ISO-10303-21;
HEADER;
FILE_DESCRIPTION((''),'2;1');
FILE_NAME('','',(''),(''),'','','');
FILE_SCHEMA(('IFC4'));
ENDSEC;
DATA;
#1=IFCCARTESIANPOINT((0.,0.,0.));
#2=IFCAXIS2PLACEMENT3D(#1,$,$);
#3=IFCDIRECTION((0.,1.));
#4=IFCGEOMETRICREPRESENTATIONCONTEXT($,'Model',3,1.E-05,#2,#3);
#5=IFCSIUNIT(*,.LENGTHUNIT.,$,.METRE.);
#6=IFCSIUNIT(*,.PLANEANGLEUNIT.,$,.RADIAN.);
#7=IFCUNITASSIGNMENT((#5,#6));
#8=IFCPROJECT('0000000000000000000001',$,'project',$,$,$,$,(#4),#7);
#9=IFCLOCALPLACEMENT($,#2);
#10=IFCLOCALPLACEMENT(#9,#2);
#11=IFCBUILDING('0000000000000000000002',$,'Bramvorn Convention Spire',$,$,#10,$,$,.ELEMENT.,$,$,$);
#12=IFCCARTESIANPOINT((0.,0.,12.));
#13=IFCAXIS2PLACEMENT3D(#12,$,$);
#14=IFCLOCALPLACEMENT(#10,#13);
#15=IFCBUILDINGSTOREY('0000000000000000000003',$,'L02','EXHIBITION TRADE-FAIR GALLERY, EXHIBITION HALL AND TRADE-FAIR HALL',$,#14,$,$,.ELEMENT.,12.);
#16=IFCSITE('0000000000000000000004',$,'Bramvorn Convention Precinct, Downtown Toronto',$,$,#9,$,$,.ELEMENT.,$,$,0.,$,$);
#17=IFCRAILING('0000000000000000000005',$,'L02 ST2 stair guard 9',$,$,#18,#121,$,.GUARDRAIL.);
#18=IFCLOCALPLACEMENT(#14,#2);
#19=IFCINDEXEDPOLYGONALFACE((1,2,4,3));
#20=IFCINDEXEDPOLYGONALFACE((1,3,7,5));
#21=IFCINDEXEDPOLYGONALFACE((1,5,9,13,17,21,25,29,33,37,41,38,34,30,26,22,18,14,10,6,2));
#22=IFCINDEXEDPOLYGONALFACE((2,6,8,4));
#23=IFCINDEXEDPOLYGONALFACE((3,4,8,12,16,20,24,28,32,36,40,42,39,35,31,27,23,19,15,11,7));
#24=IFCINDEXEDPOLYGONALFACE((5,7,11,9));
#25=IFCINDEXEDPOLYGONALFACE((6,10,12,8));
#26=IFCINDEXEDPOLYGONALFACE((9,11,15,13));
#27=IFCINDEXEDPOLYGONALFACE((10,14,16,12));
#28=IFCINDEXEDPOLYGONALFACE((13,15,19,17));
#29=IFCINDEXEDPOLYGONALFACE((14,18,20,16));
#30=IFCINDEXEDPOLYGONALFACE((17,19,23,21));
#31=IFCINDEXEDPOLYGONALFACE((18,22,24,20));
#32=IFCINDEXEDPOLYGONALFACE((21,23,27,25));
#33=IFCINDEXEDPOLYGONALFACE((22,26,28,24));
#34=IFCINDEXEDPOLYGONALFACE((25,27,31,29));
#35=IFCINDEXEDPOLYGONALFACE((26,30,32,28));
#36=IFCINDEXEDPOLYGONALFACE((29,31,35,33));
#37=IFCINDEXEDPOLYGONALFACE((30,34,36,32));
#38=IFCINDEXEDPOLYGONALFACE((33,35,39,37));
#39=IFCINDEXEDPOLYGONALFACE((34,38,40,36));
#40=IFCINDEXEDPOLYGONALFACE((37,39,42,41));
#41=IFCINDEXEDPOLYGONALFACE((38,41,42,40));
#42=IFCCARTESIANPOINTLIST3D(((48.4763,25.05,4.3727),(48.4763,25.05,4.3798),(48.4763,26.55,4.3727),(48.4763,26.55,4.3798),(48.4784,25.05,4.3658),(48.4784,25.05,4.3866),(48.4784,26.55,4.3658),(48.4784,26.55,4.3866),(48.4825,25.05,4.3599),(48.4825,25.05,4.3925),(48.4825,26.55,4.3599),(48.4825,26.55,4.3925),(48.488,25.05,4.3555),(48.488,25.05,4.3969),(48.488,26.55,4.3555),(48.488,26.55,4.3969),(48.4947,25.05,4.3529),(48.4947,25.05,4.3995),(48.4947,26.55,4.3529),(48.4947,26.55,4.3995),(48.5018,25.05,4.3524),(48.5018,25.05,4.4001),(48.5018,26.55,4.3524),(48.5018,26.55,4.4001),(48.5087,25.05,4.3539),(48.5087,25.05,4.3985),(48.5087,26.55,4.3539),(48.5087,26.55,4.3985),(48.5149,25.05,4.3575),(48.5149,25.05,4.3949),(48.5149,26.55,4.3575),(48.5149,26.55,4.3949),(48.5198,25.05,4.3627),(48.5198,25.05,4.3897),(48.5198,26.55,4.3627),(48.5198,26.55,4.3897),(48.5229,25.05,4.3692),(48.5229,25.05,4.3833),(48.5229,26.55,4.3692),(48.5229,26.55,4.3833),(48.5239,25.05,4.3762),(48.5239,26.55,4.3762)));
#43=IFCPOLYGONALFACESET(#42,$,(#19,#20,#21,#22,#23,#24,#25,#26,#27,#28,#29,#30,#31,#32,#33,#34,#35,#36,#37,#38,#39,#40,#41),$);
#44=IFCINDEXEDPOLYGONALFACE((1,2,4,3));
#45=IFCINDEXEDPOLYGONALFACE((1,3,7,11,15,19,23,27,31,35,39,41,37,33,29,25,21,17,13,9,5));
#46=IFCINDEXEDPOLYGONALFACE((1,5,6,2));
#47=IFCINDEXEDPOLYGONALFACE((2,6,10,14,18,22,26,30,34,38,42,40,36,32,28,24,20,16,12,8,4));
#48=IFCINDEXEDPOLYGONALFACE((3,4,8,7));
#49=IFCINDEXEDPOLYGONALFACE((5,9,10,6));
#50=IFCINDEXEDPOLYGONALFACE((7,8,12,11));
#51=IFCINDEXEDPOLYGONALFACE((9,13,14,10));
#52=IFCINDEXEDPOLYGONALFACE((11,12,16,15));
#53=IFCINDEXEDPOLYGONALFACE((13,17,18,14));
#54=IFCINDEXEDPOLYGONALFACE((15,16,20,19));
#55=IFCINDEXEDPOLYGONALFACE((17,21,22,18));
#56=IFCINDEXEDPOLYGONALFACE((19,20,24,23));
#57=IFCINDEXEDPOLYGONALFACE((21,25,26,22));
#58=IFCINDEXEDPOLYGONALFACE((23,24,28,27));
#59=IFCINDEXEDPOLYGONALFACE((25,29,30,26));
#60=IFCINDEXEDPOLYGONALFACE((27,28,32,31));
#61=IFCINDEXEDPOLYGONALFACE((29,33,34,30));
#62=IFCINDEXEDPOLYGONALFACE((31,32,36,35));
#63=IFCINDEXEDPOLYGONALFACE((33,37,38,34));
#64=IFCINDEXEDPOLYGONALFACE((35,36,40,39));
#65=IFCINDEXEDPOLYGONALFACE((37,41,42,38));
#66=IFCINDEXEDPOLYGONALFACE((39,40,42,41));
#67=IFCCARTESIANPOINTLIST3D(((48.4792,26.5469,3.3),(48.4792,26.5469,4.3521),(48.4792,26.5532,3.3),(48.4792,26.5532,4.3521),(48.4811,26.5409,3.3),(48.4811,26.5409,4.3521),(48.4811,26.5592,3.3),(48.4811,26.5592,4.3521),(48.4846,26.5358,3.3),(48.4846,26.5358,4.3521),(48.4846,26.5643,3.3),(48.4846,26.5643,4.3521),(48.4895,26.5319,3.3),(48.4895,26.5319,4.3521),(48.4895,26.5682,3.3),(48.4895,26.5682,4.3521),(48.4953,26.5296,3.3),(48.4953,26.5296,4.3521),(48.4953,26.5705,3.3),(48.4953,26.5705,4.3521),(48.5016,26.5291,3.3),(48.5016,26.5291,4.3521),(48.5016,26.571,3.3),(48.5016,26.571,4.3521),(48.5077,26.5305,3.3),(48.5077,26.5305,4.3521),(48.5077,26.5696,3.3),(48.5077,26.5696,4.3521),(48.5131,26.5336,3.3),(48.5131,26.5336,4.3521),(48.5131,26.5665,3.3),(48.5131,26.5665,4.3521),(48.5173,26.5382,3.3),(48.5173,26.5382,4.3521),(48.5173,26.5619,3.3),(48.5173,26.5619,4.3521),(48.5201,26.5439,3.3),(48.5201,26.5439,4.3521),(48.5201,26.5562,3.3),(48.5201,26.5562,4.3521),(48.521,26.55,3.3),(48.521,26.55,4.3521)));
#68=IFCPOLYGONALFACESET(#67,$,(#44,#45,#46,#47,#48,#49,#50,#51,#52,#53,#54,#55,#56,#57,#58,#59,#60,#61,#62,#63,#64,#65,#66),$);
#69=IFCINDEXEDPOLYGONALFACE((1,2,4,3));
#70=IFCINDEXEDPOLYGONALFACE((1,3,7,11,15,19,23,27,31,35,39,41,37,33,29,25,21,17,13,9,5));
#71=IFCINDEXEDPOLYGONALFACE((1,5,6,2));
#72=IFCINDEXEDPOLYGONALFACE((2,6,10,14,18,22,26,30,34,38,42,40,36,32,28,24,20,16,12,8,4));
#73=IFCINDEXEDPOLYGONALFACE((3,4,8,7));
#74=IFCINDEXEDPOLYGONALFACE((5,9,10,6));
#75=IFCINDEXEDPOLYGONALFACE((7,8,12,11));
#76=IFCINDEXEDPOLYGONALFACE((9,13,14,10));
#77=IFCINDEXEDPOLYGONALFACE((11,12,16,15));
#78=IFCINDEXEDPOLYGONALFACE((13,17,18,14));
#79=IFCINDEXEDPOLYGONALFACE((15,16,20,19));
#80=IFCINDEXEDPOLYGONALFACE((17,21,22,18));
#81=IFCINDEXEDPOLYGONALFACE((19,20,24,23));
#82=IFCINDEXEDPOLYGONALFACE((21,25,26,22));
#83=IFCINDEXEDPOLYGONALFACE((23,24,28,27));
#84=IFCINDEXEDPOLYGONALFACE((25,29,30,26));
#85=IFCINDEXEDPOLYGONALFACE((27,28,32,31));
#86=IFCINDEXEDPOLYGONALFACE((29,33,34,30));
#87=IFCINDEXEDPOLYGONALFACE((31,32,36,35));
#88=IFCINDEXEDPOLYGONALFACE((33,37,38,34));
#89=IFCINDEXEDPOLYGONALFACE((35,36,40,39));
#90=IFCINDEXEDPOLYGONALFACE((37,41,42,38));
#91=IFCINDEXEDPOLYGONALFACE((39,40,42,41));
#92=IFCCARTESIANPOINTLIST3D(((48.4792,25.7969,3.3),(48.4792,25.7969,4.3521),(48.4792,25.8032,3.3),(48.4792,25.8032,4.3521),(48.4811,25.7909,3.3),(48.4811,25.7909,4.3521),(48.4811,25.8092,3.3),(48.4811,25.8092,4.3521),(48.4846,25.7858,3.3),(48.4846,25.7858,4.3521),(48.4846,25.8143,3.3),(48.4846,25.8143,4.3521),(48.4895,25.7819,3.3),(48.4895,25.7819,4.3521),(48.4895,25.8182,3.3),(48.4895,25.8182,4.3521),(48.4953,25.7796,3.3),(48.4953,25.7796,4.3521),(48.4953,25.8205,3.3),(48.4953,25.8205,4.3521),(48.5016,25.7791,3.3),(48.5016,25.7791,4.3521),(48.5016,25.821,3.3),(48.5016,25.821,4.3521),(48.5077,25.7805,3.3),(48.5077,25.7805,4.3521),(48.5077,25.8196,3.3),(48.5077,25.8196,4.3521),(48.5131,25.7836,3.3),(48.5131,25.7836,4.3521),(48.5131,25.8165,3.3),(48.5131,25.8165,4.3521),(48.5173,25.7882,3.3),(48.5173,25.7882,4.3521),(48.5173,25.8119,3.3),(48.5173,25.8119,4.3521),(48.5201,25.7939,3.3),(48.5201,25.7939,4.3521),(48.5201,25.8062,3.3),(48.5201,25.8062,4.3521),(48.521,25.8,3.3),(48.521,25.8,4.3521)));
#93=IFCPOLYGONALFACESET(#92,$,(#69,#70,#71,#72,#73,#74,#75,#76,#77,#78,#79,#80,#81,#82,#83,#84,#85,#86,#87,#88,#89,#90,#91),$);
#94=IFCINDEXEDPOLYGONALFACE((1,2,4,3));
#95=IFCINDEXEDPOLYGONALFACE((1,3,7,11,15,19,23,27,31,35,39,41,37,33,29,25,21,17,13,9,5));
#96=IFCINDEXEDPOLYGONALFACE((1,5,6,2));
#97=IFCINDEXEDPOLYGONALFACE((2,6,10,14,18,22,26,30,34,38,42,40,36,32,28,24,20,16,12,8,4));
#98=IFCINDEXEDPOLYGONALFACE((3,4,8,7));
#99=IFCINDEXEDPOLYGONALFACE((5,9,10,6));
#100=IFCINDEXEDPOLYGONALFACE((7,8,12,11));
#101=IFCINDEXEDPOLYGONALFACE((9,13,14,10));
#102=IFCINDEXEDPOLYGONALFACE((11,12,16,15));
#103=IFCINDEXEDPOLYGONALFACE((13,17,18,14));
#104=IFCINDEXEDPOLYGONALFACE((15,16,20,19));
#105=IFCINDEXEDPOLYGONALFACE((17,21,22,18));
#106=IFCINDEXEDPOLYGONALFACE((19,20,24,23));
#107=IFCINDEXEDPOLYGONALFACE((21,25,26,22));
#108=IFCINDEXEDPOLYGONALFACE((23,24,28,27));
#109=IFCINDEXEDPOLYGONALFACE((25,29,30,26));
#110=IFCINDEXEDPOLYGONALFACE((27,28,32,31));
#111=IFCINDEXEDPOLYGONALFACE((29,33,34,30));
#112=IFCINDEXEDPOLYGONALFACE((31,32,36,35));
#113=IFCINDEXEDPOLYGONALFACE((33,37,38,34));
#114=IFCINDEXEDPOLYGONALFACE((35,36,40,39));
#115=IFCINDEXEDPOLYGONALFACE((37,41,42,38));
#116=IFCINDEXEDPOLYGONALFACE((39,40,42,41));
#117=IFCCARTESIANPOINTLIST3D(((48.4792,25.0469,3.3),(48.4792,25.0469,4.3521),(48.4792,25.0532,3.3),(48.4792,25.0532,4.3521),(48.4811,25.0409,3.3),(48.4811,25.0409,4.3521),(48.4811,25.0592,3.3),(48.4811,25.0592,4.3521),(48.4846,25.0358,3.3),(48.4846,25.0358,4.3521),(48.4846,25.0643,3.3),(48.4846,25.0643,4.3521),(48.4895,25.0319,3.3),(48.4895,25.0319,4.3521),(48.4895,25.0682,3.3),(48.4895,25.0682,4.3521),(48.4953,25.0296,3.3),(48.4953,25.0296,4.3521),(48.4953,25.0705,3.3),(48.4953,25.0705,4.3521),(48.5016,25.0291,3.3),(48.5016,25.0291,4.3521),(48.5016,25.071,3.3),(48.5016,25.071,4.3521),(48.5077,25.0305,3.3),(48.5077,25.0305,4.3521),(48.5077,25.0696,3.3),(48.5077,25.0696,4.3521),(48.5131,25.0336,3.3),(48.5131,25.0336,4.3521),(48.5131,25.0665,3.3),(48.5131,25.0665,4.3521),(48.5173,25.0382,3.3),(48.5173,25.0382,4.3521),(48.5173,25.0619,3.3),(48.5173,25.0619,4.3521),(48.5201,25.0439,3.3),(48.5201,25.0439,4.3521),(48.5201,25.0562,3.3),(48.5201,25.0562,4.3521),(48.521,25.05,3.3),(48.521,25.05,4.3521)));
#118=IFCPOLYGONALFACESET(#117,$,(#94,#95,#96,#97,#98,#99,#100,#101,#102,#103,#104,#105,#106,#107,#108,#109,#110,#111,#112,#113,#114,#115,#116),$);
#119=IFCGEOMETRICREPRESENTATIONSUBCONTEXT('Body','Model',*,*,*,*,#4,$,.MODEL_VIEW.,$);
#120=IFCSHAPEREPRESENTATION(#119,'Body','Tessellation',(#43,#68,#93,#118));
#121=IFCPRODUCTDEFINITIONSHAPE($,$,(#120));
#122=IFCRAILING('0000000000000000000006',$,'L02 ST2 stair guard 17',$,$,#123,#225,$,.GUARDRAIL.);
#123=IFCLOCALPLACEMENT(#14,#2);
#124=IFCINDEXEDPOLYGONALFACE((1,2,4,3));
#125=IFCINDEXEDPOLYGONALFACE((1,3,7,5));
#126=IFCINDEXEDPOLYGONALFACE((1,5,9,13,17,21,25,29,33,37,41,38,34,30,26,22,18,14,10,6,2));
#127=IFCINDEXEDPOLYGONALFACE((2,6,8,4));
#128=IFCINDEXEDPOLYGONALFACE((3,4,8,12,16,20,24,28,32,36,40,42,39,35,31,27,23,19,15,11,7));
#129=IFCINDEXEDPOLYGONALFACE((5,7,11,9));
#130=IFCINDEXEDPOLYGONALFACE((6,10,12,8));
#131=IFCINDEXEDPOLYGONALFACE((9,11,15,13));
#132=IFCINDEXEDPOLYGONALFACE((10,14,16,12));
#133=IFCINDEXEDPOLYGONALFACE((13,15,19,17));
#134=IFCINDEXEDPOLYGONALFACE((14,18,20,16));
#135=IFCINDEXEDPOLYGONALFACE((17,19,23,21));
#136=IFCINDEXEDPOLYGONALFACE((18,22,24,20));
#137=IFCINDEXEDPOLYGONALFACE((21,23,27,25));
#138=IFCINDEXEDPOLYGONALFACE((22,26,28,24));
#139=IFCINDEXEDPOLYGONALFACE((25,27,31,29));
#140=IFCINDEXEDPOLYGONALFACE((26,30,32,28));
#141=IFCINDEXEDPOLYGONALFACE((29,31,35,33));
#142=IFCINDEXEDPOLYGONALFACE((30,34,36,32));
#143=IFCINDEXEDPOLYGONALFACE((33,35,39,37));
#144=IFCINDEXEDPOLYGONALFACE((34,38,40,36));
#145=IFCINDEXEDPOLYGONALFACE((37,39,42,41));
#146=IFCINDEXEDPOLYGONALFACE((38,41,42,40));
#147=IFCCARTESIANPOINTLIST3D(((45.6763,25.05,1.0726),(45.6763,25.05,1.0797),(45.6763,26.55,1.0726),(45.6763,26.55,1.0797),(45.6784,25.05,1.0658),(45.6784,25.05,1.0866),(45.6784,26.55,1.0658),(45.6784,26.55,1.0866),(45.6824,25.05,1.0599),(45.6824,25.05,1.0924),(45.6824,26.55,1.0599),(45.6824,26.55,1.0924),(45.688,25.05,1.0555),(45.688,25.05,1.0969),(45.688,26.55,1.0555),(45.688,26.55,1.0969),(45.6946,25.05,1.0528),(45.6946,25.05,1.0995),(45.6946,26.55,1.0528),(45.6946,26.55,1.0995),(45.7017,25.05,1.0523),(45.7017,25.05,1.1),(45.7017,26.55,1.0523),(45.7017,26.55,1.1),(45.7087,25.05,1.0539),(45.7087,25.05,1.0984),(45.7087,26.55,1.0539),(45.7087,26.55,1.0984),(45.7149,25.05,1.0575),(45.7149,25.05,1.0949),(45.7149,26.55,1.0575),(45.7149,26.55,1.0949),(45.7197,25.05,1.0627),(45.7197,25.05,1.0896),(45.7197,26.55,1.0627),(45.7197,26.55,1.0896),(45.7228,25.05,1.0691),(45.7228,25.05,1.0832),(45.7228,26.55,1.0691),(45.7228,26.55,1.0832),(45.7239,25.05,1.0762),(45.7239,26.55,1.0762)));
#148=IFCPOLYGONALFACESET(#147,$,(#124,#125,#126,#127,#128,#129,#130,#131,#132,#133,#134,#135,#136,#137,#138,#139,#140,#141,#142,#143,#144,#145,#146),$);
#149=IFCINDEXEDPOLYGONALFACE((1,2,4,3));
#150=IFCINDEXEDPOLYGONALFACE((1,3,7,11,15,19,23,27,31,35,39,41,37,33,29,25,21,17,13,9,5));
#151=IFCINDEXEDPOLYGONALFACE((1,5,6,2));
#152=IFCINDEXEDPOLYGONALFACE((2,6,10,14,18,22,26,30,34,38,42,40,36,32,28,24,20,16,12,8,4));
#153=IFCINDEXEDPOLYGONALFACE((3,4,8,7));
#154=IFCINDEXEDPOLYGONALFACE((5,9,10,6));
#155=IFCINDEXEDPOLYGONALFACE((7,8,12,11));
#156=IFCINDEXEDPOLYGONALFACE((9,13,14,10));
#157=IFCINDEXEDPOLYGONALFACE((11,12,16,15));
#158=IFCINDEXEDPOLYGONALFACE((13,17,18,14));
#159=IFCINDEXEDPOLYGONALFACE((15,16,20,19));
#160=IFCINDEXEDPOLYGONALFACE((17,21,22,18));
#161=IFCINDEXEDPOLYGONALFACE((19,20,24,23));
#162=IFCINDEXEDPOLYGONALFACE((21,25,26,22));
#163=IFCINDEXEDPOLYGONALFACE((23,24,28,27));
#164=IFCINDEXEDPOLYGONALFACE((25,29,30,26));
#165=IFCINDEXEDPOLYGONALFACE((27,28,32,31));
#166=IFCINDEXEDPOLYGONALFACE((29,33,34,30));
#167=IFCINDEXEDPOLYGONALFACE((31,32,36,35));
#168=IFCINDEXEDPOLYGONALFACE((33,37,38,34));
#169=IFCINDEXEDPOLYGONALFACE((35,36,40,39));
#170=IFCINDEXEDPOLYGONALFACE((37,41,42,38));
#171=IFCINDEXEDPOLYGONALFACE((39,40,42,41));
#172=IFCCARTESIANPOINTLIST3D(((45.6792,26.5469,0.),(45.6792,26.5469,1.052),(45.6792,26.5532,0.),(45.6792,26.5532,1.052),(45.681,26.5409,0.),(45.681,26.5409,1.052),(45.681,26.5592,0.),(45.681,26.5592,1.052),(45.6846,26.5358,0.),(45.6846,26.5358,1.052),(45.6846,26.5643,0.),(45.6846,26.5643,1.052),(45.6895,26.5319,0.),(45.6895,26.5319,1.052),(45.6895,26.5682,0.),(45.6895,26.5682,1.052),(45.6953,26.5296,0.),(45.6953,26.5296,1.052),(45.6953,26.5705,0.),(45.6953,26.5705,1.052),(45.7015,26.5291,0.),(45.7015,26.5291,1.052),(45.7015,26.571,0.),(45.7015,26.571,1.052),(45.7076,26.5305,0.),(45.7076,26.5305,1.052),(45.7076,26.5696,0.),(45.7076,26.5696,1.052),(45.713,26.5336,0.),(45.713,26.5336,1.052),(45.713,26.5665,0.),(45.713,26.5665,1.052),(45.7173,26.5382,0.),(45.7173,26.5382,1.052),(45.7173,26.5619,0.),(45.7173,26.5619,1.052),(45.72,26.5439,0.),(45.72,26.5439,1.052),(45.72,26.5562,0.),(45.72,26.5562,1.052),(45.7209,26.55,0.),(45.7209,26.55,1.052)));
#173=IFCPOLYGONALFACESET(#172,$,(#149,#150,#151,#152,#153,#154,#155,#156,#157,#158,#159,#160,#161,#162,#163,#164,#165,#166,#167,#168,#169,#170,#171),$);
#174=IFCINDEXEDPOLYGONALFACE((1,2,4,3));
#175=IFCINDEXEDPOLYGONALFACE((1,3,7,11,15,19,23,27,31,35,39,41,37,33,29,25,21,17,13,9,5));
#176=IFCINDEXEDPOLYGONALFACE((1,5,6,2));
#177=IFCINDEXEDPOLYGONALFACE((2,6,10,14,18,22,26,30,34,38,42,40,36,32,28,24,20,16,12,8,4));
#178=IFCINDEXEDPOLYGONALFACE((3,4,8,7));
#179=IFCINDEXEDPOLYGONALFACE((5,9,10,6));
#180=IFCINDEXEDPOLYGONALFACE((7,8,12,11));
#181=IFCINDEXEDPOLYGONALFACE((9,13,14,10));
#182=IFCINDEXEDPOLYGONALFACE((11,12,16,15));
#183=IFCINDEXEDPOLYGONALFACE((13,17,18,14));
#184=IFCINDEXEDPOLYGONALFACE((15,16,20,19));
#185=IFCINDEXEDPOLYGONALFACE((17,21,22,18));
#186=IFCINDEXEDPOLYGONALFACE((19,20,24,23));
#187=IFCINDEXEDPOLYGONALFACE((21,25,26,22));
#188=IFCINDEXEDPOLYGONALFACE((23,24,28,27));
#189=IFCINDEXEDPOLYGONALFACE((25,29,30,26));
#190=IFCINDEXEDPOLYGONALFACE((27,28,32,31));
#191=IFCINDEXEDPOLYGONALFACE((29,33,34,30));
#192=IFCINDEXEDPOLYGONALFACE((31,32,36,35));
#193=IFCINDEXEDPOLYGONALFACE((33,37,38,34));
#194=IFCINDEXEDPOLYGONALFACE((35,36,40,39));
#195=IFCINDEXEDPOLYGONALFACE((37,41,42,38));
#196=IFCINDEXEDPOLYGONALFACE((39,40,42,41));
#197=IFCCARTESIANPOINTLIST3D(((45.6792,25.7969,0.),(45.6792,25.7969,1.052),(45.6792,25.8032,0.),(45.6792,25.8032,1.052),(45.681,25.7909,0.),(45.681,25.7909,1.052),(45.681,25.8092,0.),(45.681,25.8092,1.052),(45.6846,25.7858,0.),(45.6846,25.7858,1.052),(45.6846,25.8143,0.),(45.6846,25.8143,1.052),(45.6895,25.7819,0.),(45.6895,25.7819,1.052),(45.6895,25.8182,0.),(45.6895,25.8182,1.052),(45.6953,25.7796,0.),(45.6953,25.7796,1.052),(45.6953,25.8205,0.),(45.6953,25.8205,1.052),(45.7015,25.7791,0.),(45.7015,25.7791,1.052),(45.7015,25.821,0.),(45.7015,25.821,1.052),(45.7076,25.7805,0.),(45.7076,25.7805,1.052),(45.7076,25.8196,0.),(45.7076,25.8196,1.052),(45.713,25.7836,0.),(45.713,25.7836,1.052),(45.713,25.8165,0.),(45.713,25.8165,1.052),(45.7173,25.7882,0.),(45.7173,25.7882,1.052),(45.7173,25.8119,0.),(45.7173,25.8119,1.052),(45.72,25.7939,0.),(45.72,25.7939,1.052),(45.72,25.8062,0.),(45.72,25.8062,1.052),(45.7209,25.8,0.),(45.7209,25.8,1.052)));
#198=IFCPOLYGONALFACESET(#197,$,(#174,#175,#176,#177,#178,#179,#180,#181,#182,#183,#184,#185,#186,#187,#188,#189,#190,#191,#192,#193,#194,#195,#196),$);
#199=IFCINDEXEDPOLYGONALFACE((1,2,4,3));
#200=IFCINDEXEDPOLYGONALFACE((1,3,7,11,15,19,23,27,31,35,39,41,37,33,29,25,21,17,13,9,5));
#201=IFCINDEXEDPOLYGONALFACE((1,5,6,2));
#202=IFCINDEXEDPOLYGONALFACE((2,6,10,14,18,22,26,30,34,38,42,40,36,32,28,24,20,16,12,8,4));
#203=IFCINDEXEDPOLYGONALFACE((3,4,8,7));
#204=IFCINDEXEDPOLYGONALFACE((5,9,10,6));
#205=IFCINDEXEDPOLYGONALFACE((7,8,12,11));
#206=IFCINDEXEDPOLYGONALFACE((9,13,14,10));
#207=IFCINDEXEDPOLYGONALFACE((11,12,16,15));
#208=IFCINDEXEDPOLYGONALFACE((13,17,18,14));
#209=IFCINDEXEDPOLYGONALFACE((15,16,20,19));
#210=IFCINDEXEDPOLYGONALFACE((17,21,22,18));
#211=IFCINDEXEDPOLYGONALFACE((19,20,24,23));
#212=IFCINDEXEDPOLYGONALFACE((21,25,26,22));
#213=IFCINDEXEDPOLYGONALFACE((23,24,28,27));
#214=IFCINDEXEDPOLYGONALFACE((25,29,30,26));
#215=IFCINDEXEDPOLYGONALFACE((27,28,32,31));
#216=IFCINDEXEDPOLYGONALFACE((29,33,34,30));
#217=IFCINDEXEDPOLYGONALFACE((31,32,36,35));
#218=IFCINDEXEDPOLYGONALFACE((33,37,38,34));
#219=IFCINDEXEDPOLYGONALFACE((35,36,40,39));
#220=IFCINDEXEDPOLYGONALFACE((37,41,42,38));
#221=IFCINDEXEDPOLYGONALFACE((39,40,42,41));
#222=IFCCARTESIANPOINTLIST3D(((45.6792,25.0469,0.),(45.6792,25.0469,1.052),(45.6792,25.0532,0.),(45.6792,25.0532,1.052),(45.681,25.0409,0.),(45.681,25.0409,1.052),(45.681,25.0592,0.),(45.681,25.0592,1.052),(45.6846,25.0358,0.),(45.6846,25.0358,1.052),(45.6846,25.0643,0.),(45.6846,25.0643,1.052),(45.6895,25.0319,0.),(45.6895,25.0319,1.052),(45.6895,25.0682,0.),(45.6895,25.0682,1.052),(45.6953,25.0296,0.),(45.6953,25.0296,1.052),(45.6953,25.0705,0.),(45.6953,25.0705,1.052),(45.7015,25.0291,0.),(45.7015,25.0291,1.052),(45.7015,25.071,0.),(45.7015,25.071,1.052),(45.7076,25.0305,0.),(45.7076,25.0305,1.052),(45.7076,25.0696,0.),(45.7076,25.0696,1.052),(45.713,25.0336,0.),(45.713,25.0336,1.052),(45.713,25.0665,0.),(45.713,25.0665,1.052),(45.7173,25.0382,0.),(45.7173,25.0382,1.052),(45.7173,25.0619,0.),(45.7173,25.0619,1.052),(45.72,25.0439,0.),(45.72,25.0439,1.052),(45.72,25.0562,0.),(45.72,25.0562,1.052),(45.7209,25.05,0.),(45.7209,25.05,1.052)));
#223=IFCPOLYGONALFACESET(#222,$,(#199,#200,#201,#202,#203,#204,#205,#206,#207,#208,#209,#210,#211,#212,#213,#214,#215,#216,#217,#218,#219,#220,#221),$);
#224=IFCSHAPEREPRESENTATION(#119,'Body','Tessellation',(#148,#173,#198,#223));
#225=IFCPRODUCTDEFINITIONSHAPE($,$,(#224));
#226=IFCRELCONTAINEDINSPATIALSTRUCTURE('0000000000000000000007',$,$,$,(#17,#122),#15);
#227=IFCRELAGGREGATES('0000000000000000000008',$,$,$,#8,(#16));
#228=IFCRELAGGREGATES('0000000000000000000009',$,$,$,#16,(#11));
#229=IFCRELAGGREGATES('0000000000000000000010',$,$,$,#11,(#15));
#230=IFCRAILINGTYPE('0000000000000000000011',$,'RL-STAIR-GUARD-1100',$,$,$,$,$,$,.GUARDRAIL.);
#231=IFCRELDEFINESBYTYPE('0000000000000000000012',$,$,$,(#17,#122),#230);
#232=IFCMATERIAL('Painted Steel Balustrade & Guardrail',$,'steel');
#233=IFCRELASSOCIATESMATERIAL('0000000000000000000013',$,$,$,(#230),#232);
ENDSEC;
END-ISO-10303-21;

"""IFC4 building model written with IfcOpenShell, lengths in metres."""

from ifc_helpers import new_model, si_unit, direction, frame, origin, origin_2d, place, context, subcontext, project, spatial, circle, extrude, material, type_object, element, save


model = new_model("IFC4")

# Units and contexts
model_context = context("Model", 3, precision=1e-05, world=origin(), true_north=direction((0.0, 1.0)))
body_context = subcontext(model_context, "Body", "Model", "MODEL_VIEW")
ifc_project = project(units=[si_unit("LENGTHUNIT", "METRE"), si_unit("PLANEANGLEUNIT", "RADIAN")], contexts=[model_context])

# Site, building, storey
site_placement = place(None, origin())
site = spatial("IfcSite", under=ifc_project, at=site_placement, Name="Bramvorn Convention Precinct, Downtown Toronto", CompositionType="ELEMENT", RefElevation=0.0)
building_placement = place(site_placement, origin())
building = spatial("IfcBuilding", under=site, at=building_placement, Name="Bramvorn Convention Spire", CompositionType="ELEMENT")
storey_placement = place(building_placement, frame((0.0, 0.0, 12.0)))
storey = spatial("IfcBuildingStorey", under=building, at=storey_placement, Name="L02", Description="EXHIBITION TRADE-FAIR GALLERY, EXHIBITION HALL AND TRADE-FAIR HALL", CompositionType="ELEMENT", Elevation=12.0)

# Railings
ifc_material_1 = material(Name="Painted Steel Balustrade & Guardrail", Category="steel")
railing_type = type_object("IfcRailingType", Name="RL-STAIR-GUARD-1100", PredefinedType="GUARDRAIL", material=ifc_material_1)
for number, where, name in (
    (1, (48.5, 26.55, 3.3), "L02 ST2 stair guard 9"),
    (2, (45.7, 26.55, 0.0), "L02 ST2 stair guard 17"),
):
    element("IfcRailing", number, at=place(storey_placement, frame(where)), inside=storey, type_object=railing_type, Name=name, PredefinedType="GUARDRAIL", context=body_context, shape_type="SweptSolid", body=[
        extrude(circle(Radius=0.0239, at=origin_2d()), frame((0.0, 0.0, 1.0762), z_axis=(0.0, -1.0, 0.0), x_axis=(1.0, 0.0, 0.0)), (0.0, 0.0, 1.0), 1.5),
        extrude(circle(Radius=0.021, at=origin_2d()), origin(), (0.0, 0.0, 1.0), 1.052),
        extrude(circle(Radius=0.021, at=origin_2d()), frame((0.0, -0.75, 0.0)), (0.0, 0.0, 1.0), 1.052),
        extrude(circle(Radius=0.021, at=origin_2d()), frame((0.0, -1.5, 0.0)), (0.0, 0.0, 1.0), 1.052),
    ])

save(model, "model.ifc")
